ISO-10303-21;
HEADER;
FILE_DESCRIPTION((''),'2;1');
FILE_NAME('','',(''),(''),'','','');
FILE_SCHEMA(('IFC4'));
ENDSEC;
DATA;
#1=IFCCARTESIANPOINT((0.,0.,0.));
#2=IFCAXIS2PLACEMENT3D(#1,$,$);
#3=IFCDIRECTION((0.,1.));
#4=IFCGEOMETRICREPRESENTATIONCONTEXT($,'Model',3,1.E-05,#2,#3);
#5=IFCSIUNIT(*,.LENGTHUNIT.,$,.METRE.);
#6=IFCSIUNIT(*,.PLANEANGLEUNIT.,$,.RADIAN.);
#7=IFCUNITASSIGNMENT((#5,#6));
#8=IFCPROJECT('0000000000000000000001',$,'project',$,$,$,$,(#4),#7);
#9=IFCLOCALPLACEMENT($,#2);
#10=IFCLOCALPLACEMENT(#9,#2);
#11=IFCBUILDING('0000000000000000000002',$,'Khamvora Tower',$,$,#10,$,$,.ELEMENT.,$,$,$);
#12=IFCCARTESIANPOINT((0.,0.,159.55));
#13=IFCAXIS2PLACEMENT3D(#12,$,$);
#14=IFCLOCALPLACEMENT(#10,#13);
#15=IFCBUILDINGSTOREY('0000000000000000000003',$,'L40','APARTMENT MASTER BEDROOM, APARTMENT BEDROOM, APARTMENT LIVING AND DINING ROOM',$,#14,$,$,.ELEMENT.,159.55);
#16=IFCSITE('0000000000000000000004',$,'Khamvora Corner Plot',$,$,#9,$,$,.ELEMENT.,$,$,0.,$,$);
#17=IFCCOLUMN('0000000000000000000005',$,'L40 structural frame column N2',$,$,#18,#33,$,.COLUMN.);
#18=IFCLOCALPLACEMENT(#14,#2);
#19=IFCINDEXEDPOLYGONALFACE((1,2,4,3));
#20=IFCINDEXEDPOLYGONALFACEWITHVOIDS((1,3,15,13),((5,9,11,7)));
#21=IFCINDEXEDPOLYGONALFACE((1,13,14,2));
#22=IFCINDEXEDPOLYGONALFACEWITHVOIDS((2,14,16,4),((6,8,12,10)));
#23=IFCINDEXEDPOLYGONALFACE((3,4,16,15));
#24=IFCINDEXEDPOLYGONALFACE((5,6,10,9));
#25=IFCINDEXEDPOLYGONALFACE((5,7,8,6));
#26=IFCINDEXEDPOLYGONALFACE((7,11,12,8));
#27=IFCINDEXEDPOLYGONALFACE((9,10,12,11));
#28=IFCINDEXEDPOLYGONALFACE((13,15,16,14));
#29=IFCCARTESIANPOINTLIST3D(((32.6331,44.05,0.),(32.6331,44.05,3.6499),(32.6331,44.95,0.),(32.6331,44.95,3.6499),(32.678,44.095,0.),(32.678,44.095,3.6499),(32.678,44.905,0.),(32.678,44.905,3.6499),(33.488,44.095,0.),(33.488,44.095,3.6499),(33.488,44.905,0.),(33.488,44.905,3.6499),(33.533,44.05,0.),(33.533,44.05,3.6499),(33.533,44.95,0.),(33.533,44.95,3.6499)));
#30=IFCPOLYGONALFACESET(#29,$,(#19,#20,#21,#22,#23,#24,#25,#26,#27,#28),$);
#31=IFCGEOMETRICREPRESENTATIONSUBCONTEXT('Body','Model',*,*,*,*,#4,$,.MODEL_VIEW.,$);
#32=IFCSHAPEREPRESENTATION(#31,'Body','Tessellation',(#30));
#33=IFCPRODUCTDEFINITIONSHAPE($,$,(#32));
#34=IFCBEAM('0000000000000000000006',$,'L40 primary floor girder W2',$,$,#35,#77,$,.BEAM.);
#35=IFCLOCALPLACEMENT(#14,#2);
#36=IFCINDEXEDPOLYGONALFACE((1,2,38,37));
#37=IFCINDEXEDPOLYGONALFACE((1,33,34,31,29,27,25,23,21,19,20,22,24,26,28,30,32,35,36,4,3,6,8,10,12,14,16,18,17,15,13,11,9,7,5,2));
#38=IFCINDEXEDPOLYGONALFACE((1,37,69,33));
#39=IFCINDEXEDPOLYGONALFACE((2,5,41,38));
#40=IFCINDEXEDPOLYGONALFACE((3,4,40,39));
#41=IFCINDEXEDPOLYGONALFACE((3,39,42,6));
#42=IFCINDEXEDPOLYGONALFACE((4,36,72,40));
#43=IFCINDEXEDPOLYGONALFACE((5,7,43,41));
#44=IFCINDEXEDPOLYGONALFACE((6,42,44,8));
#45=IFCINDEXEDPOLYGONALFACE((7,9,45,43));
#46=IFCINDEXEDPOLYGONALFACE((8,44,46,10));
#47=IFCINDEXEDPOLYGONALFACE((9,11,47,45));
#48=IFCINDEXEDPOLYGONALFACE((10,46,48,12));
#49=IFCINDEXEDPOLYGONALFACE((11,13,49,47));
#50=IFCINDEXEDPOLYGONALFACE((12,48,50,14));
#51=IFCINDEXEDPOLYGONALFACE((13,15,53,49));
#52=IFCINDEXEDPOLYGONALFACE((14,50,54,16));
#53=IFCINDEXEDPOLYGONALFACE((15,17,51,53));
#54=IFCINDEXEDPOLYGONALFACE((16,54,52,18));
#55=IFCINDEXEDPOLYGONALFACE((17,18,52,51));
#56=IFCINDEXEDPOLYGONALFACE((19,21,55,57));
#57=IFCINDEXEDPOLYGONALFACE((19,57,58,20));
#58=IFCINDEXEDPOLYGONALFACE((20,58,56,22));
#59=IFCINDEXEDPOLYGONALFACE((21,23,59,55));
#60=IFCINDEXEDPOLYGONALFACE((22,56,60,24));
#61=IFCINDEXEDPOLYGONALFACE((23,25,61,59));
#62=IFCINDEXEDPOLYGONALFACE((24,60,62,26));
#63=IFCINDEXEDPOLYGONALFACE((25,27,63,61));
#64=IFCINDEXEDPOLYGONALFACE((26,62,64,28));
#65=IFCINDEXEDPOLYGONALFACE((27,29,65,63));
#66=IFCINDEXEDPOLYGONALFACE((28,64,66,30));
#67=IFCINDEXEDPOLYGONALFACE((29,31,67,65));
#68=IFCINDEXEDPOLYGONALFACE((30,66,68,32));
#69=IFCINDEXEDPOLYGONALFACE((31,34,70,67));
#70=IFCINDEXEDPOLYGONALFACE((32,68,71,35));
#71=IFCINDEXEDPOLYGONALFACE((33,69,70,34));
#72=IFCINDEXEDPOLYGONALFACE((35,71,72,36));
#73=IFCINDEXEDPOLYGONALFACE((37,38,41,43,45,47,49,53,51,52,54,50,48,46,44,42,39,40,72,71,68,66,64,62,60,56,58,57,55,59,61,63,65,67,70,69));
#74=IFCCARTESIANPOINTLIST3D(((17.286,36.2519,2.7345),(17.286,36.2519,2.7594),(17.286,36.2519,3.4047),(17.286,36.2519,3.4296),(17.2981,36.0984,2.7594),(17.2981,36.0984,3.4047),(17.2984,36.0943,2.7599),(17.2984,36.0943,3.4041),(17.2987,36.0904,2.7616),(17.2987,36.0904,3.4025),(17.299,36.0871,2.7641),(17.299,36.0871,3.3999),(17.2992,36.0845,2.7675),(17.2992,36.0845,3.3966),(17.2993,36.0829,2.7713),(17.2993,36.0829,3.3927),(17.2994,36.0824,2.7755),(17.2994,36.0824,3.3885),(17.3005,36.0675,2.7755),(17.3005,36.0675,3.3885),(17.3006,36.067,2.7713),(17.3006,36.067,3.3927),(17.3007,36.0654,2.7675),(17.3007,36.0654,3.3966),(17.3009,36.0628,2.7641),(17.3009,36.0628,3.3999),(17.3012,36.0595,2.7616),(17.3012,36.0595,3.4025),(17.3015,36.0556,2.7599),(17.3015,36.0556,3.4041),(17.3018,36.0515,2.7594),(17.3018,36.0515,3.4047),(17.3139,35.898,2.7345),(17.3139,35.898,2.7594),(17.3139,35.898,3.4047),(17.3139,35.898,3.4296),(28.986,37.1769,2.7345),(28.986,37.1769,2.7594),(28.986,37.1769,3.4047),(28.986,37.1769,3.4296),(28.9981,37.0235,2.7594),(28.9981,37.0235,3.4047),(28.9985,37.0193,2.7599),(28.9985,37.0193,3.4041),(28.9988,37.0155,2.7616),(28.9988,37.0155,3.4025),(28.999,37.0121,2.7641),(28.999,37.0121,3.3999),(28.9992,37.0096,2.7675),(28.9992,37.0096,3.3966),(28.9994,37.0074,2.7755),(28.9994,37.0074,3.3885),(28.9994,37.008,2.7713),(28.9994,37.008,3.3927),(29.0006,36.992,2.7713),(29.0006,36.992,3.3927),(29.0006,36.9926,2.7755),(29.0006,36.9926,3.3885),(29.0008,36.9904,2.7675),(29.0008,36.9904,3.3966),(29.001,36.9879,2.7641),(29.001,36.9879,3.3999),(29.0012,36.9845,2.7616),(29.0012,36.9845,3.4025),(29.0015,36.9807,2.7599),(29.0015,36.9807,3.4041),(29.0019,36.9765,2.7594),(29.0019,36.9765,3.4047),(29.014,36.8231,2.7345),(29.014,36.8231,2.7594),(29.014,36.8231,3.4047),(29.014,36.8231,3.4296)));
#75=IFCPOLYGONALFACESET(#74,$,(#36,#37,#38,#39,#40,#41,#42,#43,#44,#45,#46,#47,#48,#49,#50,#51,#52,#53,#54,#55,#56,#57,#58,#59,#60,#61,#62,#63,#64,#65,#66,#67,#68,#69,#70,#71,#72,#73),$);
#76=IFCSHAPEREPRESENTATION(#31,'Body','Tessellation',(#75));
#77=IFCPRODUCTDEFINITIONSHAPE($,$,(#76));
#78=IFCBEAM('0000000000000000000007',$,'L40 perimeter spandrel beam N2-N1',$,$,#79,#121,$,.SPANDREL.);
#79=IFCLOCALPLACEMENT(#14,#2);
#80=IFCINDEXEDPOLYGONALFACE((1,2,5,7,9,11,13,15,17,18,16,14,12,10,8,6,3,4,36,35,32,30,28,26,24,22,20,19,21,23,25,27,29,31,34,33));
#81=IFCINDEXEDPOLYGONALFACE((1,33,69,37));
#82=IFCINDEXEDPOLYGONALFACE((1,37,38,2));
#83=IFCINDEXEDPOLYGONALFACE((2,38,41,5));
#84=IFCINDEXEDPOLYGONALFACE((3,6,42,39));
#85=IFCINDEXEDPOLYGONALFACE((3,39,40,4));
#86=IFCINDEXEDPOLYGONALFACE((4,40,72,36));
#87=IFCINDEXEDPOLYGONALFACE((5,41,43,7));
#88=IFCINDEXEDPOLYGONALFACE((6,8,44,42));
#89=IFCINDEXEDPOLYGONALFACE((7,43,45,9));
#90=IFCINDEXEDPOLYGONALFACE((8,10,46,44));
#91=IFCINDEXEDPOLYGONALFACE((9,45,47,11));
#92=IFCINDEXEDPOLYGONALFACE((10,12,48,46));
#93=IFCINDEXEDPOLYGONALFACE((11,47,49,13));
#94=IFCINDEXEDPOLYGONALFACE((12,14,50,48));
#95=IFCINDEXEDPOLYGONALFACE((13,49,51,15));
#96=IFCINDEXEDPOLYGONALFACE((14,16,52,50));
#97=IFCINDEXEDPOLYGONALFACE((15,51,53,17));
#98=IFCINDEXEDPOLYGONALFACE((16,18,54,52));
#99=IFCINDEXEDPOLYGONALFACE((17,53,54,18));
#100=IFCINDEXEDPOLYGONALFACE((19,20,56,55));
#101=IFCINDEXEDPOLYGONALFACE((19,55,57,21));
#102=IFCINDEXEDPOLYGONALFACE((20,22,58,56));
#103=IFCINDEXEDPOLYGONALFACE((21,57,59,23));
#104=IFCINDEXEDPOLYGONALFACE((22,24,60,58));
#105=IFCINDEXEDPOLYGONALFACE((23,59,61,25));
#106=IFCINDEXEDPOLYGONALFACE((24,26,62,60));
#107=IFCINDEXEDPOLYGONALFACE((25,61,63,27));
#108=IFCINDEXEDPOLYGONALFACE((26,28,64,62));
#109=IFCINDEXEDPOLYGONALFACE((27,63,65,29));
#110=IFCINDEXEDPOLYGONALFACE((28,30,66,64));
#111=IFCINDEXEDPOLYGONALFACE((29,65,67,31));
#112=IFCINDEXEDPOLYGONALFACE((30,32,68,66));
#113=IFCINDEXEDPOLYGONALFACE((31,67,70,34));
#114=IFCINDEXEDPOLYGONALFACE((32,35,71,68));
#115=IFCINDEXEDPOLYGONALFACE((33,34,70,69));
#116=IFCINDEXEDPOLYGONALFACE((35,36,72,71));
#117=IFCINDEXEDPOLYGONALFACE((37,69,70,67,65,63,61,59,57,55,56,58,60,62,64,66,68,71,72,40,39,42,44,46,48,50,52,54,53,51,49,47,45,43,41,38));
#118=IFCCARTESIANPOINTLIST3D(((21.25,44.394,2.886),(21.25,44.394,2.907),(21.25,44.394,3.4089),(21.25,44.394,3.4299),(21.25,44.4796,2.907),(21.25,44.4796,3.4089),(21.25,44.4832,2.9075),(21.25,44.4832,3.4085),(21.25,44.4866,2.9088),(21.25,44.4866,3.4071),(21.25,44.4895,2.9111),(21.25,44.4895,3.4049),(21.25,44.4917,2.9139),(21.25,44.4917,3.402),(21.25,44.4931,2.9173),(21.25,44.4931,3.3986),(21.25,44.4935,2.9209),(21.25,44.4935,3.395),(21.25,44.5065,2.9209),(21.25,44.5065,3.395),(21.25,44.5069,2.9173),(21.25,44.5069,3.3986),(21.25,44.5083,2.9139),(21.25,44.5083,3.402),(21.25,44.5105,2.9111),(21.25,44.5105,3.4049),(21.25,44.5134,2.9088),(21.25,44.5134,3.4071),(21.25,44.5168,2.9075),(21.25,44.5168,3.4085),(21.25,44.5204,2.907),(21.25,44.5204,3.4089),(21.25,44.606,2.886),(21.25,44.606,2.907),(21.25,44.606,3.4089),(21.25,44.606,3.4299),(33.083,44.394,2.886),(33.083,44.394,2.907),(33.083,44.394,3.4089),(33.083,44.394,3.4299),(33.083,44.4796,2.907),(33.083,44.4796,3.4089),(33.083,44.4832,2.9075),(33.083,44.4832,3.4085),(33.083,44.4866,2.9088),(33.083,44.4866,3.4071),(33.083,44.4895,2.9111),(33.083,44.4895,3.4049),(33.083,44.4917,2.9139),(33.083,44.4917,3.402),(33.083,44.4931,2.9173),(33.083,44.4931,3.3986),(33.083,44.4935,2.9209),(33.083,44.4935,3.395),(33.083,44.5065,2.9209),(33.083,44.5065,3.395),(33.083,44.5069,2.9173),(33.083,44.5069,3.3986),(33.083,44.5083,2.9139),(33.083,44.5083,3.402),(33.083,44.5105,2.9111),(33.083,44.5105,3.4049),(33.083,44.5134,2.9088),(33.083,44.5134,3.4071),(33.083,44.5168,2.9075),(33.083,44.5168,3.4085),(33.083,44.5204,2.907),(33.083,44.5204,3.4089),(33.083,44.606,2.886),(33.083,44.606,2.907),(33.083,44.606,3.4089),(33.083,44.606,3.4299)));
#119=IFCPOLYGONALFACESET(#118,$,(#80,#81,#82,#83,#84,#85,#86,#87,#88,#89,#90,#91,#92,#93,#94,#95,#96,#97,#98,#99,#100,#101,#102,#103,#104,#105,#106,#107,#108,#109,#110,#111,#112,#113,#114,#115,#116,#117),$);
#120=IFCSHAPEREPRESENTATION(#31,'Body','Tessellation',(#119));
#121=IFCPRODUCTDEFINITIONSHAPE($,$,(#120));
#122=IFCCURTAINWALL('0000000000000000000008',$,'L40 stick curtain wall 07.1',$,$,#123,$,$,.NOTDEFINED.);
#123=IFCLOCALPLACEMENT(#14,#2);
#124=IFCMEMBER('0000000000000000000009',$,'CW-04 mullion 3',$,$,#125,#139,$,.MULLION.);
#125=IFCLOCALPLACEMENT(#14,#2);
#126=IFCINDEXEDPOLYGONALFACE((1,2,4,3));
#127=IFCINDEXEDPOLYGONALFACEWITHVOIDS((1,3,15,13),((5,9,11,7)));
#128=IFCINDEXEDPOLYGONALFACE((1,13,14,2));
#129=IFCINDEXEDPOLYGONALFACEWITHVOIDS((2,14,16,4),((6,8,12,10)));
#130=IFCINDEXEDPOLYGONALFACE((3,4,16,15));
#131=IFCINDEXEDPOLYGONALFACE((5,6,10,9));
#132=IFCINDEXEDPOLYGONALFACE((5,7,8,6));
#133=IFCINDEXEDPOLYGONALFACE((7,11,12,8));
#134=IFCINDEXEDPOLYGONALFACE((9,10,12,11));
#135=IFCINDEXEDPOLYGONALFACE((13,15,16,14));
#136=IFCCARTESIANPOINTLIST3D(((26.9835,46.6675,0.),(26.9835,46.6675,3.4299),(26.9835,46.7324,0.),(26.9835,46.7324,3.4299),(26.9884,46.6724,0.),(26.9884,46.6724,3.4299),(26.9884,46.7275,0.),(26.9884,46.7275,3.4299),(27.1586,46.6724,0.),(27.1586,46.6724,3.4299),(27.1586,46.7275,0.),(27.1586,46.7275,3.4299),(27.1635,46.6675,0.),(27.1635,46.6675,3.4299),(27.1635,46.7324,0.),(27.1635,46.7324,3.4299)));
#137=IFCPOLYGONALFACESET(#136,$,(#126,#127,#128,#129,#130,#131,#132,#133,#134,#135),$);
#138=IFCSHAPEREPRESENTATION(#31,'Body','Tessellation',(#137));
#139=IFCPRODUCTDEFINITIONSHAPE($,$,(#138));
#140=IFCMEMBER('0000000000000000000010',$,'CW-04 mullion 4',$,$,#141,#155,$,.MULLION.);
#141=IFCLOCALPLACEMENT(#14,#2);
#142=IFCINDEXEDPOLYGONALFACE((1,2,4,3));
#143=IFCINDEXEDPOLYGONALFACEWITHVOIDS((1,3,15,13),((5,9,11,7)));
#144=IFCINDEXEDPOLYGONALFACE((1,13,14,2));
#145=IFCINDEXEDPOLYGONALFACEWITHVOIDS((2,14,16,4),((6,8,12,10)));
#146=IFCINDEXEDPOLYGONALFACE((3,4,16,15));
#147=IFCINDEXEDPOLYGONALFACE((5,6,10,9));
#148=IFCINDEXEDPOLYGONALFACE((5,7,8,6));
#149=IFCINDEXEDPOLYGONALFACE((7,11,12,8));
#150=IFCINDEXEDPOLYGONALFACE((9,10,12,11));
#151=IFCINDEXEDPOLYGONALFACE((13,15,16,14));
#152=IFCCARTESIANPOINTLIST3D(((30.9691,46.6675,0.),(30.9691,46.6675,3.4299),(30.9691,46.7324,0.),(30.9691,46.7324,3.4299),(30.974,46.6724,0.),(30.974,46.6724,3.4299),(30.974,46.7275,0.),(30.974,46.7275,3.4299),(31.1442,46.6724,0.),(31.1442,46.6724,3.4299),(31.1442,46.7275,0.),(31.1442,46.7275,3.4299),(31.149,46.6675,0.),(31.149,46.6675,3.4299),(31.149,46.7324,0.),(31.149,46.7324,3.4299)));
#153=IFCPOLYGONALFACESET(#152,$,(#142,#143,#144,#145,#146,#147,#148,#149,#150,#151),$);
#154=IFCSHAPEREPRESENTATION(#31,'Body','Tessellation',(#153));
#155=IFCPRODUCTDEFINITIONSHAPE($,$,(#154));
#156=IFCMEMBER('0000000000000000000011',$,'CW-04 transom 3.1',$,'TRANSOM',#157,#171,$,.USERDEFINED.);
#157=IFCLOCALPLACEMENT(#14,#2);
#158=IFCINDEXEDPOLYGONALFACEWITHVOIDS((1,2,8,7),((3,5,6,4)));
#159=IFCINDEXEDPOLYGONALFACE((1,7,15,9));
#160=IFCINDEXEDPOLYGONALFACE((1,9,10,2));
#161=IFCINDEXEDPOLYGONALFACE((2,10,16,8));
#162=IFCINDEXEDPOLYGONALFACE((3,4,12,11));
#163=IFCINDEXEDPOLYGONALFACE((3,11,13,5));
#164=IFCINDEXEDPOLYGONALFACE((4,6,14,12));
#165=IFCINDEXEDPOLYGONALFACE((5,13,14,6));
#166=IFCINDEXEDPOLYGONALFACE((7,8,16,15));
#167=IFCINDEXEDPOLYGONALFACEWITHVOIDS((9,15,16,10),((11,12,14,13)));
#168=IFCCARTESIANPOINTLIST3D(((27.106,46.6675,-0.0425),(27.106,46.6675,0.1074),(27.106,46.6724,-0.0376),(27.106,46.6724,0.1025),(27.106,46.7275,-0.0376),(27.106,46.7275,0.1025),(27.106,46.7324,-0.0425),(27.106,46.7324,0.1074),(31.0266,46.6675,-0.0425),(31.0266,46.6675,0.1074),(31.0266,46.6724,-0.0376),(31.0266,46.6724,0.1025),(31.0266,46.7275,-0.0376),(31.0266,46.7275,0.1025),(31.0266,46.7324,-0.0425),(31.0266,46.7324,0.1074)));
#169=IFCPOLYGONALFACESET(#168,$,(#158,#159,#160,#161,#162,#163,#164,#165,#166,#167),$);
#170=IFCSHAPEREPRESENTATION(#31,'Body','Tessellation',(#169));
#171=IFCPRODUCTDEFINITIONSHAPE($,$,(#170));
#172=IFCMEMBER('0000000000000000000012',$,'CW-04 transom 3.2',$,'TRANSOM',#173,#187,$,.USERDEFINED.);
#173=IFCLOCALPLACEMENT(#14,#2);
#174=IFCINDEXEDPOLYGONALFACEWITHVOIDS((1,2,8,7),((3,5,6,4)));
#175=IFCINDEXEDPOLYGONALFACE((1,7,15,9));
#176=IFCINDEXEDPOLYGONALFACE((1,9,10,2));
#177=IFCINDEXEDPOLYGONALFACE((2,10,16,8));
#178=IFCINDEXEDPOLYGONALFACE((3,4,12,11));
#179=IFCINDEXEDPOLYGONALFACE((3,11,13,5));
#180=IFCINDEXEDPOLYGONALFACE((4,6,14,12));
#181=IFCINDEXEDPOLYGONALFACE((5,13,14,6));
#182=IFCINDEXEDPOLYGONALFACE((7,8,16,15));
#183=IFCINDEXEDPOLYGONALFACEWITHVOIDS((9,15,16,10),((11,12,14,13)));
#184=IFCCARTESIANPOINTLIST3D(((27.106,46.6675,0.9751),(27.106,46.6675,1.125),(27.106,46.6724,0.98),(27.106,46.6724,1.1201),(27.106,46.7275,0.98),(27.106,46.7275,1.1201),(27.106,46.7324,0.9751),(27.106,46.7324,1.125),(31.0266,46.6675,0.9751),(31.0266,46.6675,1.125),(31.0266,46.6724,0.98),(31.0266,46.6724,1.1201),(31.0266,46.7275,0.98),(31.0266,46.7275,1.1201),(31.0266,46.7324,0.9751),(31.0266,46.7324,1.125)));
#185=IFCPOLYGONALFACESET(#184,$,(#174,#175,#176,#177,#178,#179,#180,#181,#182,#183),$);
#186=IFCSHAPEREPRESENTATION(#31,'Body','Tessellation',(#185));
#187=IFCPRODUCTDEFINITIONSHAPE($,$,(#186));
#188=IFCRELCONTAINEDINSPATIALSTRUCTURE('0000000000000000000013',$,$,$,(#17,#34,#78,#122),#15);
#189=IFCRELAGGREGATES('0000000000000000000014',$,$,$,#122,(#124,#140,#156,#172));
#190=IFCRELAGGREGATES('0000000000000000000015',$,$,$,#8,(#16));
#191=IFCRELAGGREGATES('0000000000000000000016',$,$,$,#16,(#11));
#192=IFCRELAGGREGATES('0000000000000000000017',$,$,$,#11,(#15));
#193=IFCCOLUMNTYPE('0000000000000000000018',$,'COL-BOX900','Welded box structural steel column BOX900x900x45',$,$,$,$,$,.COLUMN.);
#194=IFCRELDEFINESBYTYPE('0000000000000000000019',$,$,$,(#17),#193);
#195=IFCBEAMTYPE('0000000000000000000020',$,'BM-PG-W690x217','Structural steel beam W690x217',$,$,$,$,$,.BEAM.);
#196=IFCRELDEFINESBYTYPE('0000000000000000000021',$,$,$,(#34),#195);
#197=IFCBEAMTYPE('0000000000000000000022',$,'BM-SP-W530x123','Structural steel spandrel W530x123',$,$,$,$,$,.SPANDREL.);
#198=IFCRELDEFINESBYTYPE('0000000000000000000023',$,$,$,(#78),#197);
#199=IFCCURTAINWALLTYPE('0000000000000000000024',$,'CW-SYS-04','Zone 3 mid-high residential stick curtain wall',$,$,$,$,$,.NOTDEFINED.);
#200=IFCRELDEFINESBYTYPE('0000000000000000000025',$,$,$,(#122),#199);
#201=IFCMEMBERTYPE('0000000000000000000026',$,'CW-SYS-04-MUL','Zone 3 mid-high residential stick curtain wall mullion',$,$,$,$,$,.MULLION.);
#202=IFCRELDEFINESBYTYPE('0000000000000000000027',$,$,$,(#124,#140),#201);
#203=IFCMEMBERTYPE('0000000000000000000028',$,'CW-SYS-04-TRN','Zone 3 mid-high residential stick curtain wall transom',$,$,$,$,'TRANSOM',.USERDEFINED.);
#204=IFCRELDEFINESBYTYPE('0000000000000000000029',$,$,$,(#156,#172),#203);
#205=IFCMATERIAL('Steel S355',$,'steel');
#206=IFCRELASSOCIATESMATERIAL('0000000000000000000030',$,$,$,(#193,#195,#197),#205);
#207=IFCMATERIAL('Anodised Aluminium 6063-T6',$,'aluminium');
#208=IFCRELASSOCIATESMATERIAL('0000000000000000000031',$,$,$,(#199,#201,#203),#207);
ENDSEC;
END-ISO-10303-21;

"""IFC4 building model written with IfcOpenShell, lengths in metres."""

from ifc_helpers import new_model, si_unit, direction, frame, origin, origin_2d, place, context, subcontext, project, spatial, hollow_rectangle, i_section, extrude, material, material_profile, profile_set, type_object, element, aggregate, save


model = new_model("IFC4")

# Units and contexts
model_context = context("Model", 3, precision=1e-05, world=origin(), true_north=direction((0.0, 1.0)))
body_context = subcontext(model_context, "Body", "Model", "MODEL_VIEW")
ifc_project = project(units=[si_unit("LENGTHUNIT", "METRE"), si_unit("PLANEANGLEUNIT", "RADIAN")], contexts=[model_context])

# Site, building, storey
site_placement = place(None, origin())
site = spatial("IfcSite", under=ifc_project, at=site_placement, Name="Khamvora Corner Plot", CompositionType="ELEMENT", RefElevation=0.0)
building_placement = place(site_placement, origin())
building = spatial("IfcBuilding", under=site, at=building_placement, Name="Khamvora Tower", CompositionType="ELEMENT")
storey_placement = place(building_placement, frame((0.0, 0.0, 159.55)))
storey = spatial("IfcBuildingStorey", under=building, at=storey_placement, Name="L40", Description="APARTMENT MASTER BEDROOM, APARTMENT BEDROOM, APARTMENT LIVING AND DINING ROOM", CompositionType="ELEMENT", Elevation=159.55)

# Column
ifc_material_1 = material(Name="Steel S355", Category="steel")
ifc_material_profile_1 = material_profile(ifc_material_1, hollow_rectangle(XDim=0.8999, YDim=0.8999, WallThickness=0.0449, at=origin_2d()), Name="BOX900x900x45")
ifc_profile_set_1 = profile_set([ifc_material_profile_1], Name="Steel S355")
column_type = type_object("IfcColumnType", Name="COL-BOX900", Description="Welded box structural steel column BOX900x900x45", PredefinedType="COLUMN", material=ifc_profile_set_1)
column_placement = place(storey_placement, frame((33.083, 44.5, 0.0), z_axis=(0.0, 0.0, 1.0), x_axis=(1.0, 0.0, 0.0)))
element("IfcColumn", 1, at=column_placement, inside=storey, type_object=column_type, Name="L40 structural frame column N2", PredefinedType="COLUMN", context=body_context, shape_type="SweptSolid", body=[
    extrude(hollow_rectangle(XDim=0.8999, YDim=0.8999, WallThickness=0.0449, at=origin_2d()), origin(), (0.0, 0.0, 1.0), 3.6499),
])

# Beams
ifc_material_profile_2 = material_profile(ifc_material_1, i_section(OverallWidth=0.355, OverallDepth=0.6951, WebThickness=0.0149, FlangeThickness=0.0249, FilletRadius=0.0161, at=origin_2d()), Name="W690x217")
ifc_profile_set_2 = profile_set([ifc_material_profile_2], Name="Steel S355")
beam_type_1 = type_object("IfcBeamType", Name="BM-PG-W690x217", Description="Structural steel beam W690x217", PredefinedType="BEAM", material=ifc_profile_set_2)
beam_1_placement = place(storey_placement, frame((29.0, 37.0, 3.082), z_axis=(-0.996889, -0.078818, 0.0), x_axis=(0.078818, -0.996889, 0.0)))
element("IfcBeam", 2, at=beam_1_placement, inside=storey, type_object=beam_type_1, Name="L40 primary floor girder W2", PredefinedType="BEAM", context=body_context, shape_type="SweptSolid", body=[
    extrude(i_section(OverallWidth=0.355, OverallDepth=0.6951, WebThickness=0.0149, FlangeThickness=0.0249, FilletRadius=0.0161, at=origin_2d()), origin(), (0.0, 0.0, 1.0), 11.7366),
])
ifc_material_profile_3 = material_profile(ifc_material_1, i_section(OverallWidth=0.2119, OverallDepth=0.5439, WebThickness=0.0129, FlangeThickness=0.021, FilletRadius=0.0139, at=origin_2d()), Name="W530x123")
ifc_profile_set_3 = profile_set([ifc_material_profile_3], Name="Steel S355")
beam_type_2 = type_object("IfcBeamType", Name="BM-SP-W530x123", Description="Structural steel spandrel W530x123", PredefinedType="SPANDREL", material=ifc_profile_set_3)
beam_2_placement = place(storey_placement, frame((33.083, 44.5, 3.158), z_axis=(-1.0, 0.0, 0.0), x_axis=(0.0, -1.0, 0.0)))
element("IfcBeam", 3, at=beam_2_placement, inside=storey, type_object=beam_type_2, Name="L40 perimeter spandrel beam N2-N1", PredefinedType="SPANDREL", context=body_context, shape_type="SweptSolid", body=[
    extrude(i_section(OverallWidth=0.2119, OverallDepth=0.5439, WebThickness=0.0129, FlangeThickness=0.021, FilletRadius=0.0139, at=origin_2d()), origin(), (0.0, 0.0, 1.0), 11.833),
])

# Curtain wall, members
ifc_material_2 = material(Name="Anodised Aluminium 6063-T6", Category="aluminium")
curtain_wall_type = type_object("IfcCurtainWallType", Name="CW-SYS-04", Description="Zone 3 mid-high residential stick curtain wall", PredefinedType="NOTDEFINED", material=ifc_material_2)
curtain_wall_placement = place(storey_placement, origin())
curtain_wall = element("IfcCurtainWall", 4, at=curtain_wall_placement, inside=storey, type_object=curtain_wall_type, Name="L40 stick curtain wall 07.1", PredefinedType="NOTDEFINED")
ifc_material_profile_4 = material_profile(ifc_material_2, hollow_rectangle(XDim=0.0649, YDim=0.1799, WallThickness=0.0049, at=origin_2d()), Name="MUL65x180x5")
ifc_profile_set_4 = profile_set([ifc_material_profile_4], Name="Anodised Aluminium 6063-T6")
member_type_1 = type_object("IfcMemberType", Name="CW-SYS-04-MUL", Description="Zone 3 mid-high residential stick curtain wall mullion", PredefinedType="MULLION", material=ifc_profile_set_4)
member_1_placement = place(storey_placement, frame((27.0735, 46.7, 0.0), z_axis=(0.0, 0.0, 1.0), x_axis=(0.0, 1.0, 0.0)))
member_1 = element("IfcMember", 5, at=member_1_placement, type_object=member_type_1, Name="CW-04 mullion 3", PredefinedType="MULLION", context=body_context, shape_type="SweptSolid", body=[
    extrude(hollow_rectangle(XDim=0.0649, YDim=0.1799, WallThickness=0.0049, at=origin_2d()), origin(), (0.0, 0.0, 1.0), 3.4299),
])
member_2_placement = place(storey_placement, frame((31.0591, 46.7, 0.0), z_axis=(0.0, 0.0, 1.0), x_axis=(0.0, 1.0, 0.0)))
member_2 = element("IfcMember", 6, at=member_2_placement, type_object=member_type_1, Name="CW-04 mullion 4", PredefinedType="MULLION", context=body_context, shape_type="SweptSolid", body=[
    extrude(hollow_rectangle(XDim=0.0649, YDim=0.1799, WallThickness=0.0049, at=origin_2d()), origin(), (0.0, 0.0, 1.0), 3.4299),
])
ifc_material_profile_5 = material_profile(ifc_material_2, hollow_rectangle(XDim=0.0649, YDim=0.1499, WallThickness=0.0049, at=origin_2d()), Name="TRN65x150x5")
ifc_profile_set_5 = profile_set([ifc_material_profile_5], Name="Anodised Aluminium 6063-T6")
member_type_2 = type_object("IfcMemberType", Name="CW-SYS-04-TRN", Description="Zone 3 mid-high residential stick curtain wall transom", ElementType="TRANSOM", PredefinedType="USERDEFINED", material=ifc_profile_set_5)
member_3_placement = place(storey_placement, frame((27.106, 46.7, 0.0325), z_axis=(1.0, 0.0, 0.0), x_axis=(0.0, 1.0, 0.0)))
member_3 = element("IfcMember", 7, at=member_3_placement, type_object=member_type_2, Name="CW-04 transom 3.1", ObjectType="TRANSOM", PredefinedType="USERDEFINED", context=body_context, shape_type="SweptSolid", body=[
    extrude(hollow_rectangle(XDim=0.0649, YDim=0.1499, WallThickness=0.0049, at=origin_2d()), origin(), (0.0, 0.0, 1.0), 3.9207),
])
member_4_placement = place(storey_placement, frame((27.106, 46.7, 1.05), z_axis=(1.0, 0.0, 0.0), x_axis=(0.0, 1.0, 0.0)))
member_4 = element("IfcMember", 8, at=member_4_placement, type_object=member_type_2, Name="CW-04 transom 3.2", ObjectType="TRANSOM", PredefinedType="USERDEFINED", context=body_context, shape_type="SweptSolid", body=[
    extrude(hollow_rectangle(XDim=0.0649, YDim=0.1499, WallThickness=0.0049, at=origin_2d()), origin(), (0.0, 0.0, 1.0), 3.9207),
])
aggregate(curtain_wall, [member_1, member_2, member_3, member_4])

save(model, "model.ifc")
